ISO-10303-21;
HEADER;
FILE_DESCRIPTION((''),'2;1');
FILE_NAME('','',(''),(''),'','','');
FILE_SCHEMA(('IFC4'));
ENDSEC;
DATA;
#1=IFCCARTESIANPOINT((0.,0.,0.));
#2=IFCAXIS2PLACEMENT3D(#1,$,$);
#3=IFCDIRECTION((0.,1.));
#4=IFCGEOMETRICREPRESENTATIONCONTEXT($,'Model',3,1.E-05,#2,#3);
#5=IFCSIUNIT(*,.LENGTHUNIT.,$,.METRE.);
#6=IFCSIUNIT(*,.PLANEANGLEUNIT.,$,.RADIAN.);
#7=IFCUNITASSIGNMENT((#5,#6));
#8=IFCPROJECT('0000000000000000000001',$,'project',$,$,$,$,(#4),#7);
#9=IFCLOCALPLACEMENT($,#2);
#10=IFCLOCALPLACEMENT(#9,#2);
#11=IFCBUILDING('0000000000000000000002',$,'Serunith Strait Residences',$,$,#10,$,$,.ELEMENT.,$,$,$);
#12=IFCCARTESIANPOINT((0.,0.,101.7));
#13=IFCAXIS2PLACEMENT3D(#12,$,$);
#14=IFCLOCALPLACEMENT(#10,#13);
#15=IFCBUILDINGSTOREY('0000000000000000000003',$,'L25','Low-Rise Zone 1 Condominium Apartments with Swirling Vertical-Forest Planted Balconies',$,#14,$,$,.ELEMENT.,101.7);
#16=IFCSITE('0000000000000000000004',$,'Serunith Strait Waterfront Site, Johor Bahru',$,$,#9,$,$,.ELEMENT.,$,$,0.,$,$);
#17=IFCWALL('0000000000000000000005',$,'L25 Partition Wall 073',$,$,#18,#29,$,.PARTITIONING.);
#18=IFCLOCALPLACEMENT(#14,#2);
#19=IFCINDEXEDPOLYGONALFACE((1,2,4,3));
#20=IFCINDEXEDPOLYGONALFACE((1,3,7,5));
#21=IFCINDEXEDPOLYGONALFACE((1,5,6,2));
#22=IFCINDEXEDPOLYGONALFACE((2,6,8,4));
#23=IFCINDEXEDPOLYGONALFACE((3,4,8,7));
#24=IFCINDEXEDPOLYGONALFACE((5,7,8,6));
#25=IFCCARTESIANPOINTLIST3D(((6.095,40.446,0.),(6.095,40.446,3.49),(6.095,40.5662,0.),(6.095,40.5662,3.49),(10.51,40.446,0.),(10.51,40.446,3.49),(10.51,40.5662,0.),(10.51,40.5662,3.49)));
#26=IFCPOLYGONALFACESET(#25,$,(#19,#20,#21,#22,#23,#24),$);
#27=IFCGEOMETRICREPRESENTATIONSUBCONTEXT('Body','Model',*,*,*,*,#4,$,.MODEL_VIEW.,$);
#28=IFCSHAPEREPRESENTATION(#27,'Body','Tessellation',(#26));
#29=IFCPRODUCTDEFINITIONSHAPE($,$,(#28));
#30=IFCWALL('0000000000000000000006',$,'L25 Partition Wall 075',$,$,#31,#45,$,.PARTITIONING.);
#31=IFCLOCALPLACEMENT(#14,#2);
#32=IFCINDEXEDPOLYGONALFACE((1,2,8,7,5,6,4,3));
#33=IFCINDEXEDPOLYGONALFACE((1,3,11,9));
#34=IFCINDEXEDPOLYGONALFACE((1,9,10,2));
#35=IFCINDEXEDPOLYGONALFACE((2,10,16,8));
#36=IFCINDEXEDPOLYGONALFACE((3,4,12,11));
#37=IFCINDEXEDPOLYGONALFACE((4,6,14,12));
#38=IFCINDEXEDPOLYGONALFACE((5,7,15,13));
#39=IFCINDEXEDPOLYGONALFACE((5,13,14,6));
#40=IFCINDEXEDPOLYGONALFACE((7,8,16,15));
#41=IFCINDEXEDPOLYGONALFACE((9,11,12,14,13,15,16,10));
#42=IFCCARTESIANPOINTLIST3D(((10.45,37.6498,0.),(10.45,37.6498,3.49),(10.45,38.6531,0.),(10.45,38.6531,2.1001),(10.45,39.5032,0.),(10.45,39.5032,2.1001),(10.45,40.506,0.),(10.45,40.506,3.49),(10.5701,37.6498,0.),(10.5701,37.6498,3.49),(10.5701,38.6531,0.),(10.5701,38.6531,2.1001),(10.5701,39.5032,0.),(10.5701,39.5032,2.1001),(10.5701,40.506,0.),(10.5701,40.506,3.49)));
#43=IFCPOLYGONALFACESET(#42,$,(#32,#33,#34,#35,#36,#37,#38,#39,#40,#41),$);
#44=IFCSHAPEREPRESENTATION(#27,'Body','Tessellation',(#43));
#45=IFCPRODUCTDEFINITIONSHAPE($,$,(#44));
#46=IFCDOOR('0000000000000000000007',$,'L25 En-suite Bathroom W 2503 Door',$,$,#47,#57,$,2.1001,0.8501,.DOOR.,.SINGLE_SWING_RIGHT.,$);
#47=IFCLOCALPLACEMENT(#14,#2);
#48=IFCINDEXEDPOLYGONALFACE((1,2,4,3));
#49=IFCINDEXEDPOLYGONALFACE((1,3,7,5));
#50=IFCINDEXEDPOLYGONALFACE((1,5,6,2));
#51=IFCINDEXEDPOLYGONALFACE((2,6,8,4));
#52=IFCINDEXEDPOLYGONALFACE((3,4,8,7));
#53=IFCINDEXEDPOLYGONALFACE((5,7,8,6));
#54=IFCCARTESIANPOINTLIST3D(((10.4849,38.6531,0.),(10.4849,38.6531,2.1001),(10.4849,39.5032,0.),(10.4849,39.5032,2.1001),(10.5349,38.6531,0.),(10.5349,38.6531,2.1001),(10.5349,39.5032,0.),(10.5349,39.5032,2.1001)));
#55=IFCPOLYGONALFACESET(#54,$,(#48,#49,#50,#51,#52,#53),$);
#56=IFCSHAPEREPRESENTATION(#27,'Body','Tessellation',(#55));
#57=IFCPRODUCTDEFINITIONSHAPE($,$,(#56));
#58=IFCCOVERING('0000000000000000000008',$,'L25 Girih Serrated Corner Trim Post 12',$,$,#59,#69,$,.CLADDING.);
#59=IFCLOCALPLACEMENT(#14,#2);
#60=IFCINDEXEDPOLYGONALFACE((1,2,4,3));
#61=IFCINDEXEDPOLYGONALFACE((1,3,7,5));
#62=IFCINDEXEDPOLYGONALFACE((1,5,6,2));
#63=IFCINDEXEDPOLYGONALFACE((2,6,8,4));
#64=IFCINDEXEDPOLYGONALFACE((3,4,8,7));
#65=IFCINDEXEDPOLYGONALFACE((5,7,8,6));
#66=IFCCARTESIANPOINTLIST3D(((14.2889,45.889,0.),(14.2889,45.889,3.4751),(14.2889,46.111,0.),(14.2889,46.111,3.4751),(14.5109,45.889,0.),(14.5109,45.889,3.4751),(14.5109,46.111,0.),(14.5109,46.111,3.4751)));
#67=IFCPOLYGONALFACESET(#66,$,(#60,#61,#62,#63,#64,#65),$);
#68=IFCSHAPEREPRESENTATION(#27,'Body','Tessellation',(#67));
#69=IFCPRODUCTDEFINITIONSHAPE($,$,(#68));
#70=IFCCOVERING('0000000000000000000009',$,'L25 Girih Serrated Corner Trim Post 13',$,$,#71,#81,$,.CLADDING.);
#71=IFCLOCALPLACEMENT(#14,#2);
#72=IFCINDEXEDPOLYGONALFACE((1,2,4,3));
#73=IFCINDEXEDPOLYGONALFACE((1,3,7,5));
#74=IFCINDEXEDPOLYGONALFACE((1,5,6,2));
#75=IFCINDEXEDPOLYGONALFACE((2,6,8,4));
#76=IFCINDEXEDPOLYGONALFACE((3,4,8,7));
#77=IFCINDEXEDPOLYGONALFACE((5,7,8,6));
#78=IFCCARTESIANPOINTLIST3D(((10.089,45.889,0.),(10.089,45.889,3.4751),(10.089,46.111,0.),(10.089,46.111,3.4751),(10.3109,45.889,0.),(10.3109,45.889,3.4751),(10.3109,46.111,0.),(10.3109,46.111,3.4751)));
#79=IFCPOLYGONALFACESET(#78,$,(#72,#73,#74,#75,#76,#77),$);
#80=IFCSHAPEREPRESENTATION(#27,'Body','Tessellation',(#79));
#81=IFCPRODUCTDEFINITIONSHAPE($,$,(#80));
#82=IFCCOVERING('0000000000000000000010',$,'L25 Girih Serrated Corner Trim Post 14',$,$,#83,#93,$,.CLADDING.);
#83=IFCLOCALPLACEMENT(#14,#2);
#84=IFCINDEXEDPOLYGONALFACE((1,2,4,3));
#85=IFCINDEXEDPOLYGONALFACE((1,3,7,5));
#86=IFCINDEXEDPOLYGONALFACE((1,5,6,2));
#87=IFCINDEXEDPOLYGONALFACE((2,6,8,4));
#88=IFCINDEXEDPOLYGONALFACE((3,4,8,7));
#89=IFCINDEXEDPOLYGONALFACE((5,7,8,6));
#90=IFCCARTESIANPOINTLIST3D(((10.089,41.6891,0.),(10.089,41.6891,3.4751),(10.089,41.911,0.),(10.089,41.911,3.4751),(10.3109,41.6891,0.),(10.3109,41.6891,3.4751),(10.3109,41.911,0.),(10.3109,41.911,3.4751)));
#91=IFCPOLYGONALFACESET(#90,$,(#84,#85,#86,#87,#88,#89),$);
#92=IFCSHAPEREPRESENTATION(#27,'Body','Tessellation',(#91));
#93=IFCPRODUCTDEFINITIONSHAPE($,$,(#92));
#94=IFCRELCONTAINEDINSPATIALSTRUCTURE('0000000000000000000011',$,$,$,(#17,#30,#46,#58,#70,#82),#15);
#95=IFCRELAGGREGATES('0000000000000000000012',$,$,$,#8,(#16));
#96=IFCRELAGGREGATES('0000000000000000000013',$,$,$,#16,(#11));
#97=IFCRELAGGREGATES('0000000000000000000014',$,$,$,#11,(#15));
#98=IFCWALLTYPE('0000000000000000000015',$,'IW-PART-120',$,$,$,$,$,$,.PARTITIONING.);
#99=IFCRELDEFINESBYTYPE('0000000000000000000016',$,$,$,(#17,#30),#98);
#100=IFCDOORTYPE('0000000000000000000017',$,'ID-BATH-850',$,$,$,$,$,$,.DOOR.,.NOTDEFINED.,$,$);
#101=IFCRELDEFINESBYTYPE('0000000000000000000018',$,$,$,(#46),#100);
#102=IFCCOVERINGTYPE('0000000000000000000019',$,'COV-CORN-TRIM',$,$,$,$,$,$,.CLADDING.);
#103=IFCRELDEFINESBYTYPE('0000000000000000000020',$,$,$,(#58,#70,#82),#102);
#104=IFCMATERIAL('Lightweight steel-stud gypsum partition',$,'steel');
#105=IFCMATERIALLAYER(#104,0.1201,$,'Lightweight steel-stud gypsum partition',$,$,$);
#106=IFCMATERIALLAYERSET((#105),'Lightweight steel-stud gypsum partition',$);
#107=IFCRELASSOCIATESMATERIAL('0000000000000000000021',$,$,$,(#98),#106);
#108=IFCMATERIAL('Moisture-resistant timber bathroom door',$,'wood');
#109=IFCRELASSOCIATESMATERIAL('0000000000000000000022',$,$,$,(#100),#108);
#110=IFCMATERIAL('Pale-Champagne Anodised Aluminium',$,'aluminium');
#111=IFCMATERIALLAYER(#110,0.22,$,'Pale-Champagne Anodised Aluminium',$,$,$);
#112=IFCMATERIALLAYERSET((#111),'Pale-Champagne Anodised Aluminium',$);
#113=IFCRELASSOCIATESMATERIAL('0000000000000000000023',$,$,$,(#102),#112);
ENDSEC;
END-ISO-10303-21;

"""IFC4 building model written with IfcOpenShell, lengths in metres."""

from ifc_helpers import new_model, si_unit, direction, frame, frame_2d, origin, origin_2d, place, context, subcontext, project, spatial, rectangle, extrude, source, transform, mapped, material, layer, layer_set, type_object, element, fill, save


model = new_model("IFC4")

# Units and contexts
model_context = context("Model", 3, precision=1e-05, world=origin(), true_north=direction((0.0, 1.0)))
body_context = subcontext(model_context, "Body", "Model", "MODEL_VIEW")
ifc_project = project(units=[si_unit("LENGTHUNIT", "METRE"), si_unit("PLANEANGLEUNIT", "RADIAN")], contexts=[model_context])

# Site, building, storey
site_placement = place(None, origin())
site = spatial("IfcSite", under=ifc_project, at=site_placement, Name="Serunith Strait Waterfront Site, Johor Bahru", CompositionType="ELEMENT", RefElevation=0.0)
building_placement = place(site_placement, origin())
building = spatial("IfcBuilding", under=site, at=building_placement, Name="Serunith Strait Residences", CompositionType="ELEMENT")
storey_placement = place(building_placement, frame((0.0, 0.0, 101.7)))
storey = spatial("IfcBuildingStorey", under=building, at=storey_placement, Name="L25", Description="Low-Rise Zone 1 Condominium Apartments with Swirling Vertical-Forest Planted Balconies", CompositionType="ELEMENT", Elevation=101.7)

# Shared definitions
ifc_material_1 = material(Name="Pale-Champagne Anodised Aluminium", Category="aluminium")

# Shared definitions
ifc_material_2 = material(Name="Lightweight steel-stud gypsum partition", Category="steel")
ifc_layer_1 = layer(ifc_material_2, 0.1201, Name="Lightweight steel-stud gypsum partition")
ifc_layer_set_1 = layer_set([ifc_layer_1], Name="Lightweight steel-stud gypsum partition")
wall_type_1 = type_object("IfcWallType", Name="IW-PART-120", PredefinedType="PARTITIONING", material=ifc_layer_set_1)

# Shared definitions
shared_shape_1 = source(origin(), body_context, "Body", "SweptSolid", [
    extrude(rectangle(XDim=0.8501, YDim=2.1001, at=frame_2d((0.425, 1.05))), frame((0.0, 0.0249, 0.0), z_axis=(0.0, -1.0, 0.0), x_axis=(1.0, 0.0, 0.0)), (0.0, 0.0, 1.0), 0.05),
])

# Wall
wall_1_placement = place(storey_placement, frame((6.095, 40.5061, 0.0), z_axis=(0.0, 0.0, 1.0), x_axis=(1.0, 0.0, 0.0)))
element("IfcWall", 1, at=wall_1_placement, inside=storey, type_object=wall_type_1, Name="L25 Partition Wall 073", PredefinedType="PARTITIONING", context=body_context, shape_type="SweptSolid", body=[
    extrude(rectangle(XDim=4.415, YDim=0.1201, at=frame_2d((2.2075, 0.0))), origin(), (0.0, 0.0, 1.0), 3.49),
])

# Wall, opening, door
wall_2_placement = place(storey_placement, frame((10.51, 40.5061, 0.0), z_axis=(0.0, 0.0, 1.0), x_axis=(0.0, -1.0, 0.0)))
wall_2 = element("IfcWall", 2, at=wall_2_placement, inside=storey, type_object=wall_type_1, Name="L25 Partition Wall 075", PredefinedType="PARTITIONING", context=body_context, shape_type="SweptSolid", body=[
    extrude(rectangle(XDim=2.8562, YDim=0.1201, at=frame_2d((1.4282, 0.0))), origin(), (0.0, 0.0, 1.0), 3.49),
])
opening_1_placement = place(wall_2_placement, frame((1.0029, 0.0, 0.0)))
opening_1 = element("IfcOpeningElement", 3, at=opening_1_placement, cuts=wall_2, PredefinedType="OPENING", context=body_context, shape_type="SweptSolid", body=[
    extrude(rectangle(XDim=0.8501, YDim=2.1001, at=frame_2d((0.425, 1.05))), frame((0.0, 0.0701, 0.0), z_axis=(0.0, -1.0, 0.0), x_axis=(1.0, 0.0, 0.0)), (0.0, 0.0, 1.0), 0.1401),
])
ifc_material_3 = material(Name="Moisture-resistant timber bathroom door", Category="wood")
door_type_1 = type_object("IfcDoorType", Name="ID-BATH-850", OperationType="NOTDEFINED", PredefinedType="DOOR", material=ifc_material_3)
door_1_placement = place(opening_1_placement, origin())
door_1 = element("IfcDoor", 4, at=door_1_placement, inside=storey, type_object=door_type_1, Name="L25 En-suite Bathroom W 2503 Door", OperationType="SINGLE_SWING_RIGHT", OverallHeight=2.1001, OverallWidth=0.8501, PredefinedType="DOOR", context=body_context, shape_type="MappedRepresentation", body=[
    mapped(shared_shape_1, transform((0.0, 0.0, 0.0), scale=1.0)),
])
fill(opening_1, door_1)

# Coverings
ifc_layer_2 = layer(ifc_material_1, 0.22, Name="Pale-Champagne Anodised Aluminium")
ifc_layer_set_2 = layer_set([ifc_layer_2], Name="Pale-Champagne Anodised Aluminium")
covering_type = type_object("IfcCoveringType", Name="COV-CORN-TRIM", PredefinedType="CLADDING", material=ifc_layer_set_2)
shared_shape_2 = source(origin(), body_context, "Body", "SweptSolid", [
    extrude(rectangle(XDim=0.2219, YDim=0.2219, at=origin_2d()), origin(), (0.0, 0.0, 1.0), 3.4751),
])
for number, where, z_axis, x_axis, name in (
    (5, (14.3999, 46.0, 0.0), (0.0, 0.0, 1.0), (1.0, 0.0, 0.0), "L25 Girih Serrated Corner Trim Post 12"),
    (6, (10.2, 46.0, 0.0), (0.0, 0.0, 1.0), (1.0, 0.0, 0.0), "L25 Girih Serrated Corner Trim Post 13"),
    (7, (10.2, 41.8, 0.0), (0.0, 0.0, 1.0), (1.0, 0.0, 0.0), "L25 Girih Serrated Corner Trim Post 14"),
):
    element("IfcCovering", number, at=place(storey_placement, frame(where, z_axis=z_axis, x_axis=x_axis)), inside=storey, type_object=covering_type, Name=name, PredefinedType="CLADDING", context=body_context, shape_type="MappedRepresentation", body=[
        mapped(shared_shape_2, transform((0.0, 0.0, 0.0), scale=1.0)),
    ])

save(model, "model.ifc")
